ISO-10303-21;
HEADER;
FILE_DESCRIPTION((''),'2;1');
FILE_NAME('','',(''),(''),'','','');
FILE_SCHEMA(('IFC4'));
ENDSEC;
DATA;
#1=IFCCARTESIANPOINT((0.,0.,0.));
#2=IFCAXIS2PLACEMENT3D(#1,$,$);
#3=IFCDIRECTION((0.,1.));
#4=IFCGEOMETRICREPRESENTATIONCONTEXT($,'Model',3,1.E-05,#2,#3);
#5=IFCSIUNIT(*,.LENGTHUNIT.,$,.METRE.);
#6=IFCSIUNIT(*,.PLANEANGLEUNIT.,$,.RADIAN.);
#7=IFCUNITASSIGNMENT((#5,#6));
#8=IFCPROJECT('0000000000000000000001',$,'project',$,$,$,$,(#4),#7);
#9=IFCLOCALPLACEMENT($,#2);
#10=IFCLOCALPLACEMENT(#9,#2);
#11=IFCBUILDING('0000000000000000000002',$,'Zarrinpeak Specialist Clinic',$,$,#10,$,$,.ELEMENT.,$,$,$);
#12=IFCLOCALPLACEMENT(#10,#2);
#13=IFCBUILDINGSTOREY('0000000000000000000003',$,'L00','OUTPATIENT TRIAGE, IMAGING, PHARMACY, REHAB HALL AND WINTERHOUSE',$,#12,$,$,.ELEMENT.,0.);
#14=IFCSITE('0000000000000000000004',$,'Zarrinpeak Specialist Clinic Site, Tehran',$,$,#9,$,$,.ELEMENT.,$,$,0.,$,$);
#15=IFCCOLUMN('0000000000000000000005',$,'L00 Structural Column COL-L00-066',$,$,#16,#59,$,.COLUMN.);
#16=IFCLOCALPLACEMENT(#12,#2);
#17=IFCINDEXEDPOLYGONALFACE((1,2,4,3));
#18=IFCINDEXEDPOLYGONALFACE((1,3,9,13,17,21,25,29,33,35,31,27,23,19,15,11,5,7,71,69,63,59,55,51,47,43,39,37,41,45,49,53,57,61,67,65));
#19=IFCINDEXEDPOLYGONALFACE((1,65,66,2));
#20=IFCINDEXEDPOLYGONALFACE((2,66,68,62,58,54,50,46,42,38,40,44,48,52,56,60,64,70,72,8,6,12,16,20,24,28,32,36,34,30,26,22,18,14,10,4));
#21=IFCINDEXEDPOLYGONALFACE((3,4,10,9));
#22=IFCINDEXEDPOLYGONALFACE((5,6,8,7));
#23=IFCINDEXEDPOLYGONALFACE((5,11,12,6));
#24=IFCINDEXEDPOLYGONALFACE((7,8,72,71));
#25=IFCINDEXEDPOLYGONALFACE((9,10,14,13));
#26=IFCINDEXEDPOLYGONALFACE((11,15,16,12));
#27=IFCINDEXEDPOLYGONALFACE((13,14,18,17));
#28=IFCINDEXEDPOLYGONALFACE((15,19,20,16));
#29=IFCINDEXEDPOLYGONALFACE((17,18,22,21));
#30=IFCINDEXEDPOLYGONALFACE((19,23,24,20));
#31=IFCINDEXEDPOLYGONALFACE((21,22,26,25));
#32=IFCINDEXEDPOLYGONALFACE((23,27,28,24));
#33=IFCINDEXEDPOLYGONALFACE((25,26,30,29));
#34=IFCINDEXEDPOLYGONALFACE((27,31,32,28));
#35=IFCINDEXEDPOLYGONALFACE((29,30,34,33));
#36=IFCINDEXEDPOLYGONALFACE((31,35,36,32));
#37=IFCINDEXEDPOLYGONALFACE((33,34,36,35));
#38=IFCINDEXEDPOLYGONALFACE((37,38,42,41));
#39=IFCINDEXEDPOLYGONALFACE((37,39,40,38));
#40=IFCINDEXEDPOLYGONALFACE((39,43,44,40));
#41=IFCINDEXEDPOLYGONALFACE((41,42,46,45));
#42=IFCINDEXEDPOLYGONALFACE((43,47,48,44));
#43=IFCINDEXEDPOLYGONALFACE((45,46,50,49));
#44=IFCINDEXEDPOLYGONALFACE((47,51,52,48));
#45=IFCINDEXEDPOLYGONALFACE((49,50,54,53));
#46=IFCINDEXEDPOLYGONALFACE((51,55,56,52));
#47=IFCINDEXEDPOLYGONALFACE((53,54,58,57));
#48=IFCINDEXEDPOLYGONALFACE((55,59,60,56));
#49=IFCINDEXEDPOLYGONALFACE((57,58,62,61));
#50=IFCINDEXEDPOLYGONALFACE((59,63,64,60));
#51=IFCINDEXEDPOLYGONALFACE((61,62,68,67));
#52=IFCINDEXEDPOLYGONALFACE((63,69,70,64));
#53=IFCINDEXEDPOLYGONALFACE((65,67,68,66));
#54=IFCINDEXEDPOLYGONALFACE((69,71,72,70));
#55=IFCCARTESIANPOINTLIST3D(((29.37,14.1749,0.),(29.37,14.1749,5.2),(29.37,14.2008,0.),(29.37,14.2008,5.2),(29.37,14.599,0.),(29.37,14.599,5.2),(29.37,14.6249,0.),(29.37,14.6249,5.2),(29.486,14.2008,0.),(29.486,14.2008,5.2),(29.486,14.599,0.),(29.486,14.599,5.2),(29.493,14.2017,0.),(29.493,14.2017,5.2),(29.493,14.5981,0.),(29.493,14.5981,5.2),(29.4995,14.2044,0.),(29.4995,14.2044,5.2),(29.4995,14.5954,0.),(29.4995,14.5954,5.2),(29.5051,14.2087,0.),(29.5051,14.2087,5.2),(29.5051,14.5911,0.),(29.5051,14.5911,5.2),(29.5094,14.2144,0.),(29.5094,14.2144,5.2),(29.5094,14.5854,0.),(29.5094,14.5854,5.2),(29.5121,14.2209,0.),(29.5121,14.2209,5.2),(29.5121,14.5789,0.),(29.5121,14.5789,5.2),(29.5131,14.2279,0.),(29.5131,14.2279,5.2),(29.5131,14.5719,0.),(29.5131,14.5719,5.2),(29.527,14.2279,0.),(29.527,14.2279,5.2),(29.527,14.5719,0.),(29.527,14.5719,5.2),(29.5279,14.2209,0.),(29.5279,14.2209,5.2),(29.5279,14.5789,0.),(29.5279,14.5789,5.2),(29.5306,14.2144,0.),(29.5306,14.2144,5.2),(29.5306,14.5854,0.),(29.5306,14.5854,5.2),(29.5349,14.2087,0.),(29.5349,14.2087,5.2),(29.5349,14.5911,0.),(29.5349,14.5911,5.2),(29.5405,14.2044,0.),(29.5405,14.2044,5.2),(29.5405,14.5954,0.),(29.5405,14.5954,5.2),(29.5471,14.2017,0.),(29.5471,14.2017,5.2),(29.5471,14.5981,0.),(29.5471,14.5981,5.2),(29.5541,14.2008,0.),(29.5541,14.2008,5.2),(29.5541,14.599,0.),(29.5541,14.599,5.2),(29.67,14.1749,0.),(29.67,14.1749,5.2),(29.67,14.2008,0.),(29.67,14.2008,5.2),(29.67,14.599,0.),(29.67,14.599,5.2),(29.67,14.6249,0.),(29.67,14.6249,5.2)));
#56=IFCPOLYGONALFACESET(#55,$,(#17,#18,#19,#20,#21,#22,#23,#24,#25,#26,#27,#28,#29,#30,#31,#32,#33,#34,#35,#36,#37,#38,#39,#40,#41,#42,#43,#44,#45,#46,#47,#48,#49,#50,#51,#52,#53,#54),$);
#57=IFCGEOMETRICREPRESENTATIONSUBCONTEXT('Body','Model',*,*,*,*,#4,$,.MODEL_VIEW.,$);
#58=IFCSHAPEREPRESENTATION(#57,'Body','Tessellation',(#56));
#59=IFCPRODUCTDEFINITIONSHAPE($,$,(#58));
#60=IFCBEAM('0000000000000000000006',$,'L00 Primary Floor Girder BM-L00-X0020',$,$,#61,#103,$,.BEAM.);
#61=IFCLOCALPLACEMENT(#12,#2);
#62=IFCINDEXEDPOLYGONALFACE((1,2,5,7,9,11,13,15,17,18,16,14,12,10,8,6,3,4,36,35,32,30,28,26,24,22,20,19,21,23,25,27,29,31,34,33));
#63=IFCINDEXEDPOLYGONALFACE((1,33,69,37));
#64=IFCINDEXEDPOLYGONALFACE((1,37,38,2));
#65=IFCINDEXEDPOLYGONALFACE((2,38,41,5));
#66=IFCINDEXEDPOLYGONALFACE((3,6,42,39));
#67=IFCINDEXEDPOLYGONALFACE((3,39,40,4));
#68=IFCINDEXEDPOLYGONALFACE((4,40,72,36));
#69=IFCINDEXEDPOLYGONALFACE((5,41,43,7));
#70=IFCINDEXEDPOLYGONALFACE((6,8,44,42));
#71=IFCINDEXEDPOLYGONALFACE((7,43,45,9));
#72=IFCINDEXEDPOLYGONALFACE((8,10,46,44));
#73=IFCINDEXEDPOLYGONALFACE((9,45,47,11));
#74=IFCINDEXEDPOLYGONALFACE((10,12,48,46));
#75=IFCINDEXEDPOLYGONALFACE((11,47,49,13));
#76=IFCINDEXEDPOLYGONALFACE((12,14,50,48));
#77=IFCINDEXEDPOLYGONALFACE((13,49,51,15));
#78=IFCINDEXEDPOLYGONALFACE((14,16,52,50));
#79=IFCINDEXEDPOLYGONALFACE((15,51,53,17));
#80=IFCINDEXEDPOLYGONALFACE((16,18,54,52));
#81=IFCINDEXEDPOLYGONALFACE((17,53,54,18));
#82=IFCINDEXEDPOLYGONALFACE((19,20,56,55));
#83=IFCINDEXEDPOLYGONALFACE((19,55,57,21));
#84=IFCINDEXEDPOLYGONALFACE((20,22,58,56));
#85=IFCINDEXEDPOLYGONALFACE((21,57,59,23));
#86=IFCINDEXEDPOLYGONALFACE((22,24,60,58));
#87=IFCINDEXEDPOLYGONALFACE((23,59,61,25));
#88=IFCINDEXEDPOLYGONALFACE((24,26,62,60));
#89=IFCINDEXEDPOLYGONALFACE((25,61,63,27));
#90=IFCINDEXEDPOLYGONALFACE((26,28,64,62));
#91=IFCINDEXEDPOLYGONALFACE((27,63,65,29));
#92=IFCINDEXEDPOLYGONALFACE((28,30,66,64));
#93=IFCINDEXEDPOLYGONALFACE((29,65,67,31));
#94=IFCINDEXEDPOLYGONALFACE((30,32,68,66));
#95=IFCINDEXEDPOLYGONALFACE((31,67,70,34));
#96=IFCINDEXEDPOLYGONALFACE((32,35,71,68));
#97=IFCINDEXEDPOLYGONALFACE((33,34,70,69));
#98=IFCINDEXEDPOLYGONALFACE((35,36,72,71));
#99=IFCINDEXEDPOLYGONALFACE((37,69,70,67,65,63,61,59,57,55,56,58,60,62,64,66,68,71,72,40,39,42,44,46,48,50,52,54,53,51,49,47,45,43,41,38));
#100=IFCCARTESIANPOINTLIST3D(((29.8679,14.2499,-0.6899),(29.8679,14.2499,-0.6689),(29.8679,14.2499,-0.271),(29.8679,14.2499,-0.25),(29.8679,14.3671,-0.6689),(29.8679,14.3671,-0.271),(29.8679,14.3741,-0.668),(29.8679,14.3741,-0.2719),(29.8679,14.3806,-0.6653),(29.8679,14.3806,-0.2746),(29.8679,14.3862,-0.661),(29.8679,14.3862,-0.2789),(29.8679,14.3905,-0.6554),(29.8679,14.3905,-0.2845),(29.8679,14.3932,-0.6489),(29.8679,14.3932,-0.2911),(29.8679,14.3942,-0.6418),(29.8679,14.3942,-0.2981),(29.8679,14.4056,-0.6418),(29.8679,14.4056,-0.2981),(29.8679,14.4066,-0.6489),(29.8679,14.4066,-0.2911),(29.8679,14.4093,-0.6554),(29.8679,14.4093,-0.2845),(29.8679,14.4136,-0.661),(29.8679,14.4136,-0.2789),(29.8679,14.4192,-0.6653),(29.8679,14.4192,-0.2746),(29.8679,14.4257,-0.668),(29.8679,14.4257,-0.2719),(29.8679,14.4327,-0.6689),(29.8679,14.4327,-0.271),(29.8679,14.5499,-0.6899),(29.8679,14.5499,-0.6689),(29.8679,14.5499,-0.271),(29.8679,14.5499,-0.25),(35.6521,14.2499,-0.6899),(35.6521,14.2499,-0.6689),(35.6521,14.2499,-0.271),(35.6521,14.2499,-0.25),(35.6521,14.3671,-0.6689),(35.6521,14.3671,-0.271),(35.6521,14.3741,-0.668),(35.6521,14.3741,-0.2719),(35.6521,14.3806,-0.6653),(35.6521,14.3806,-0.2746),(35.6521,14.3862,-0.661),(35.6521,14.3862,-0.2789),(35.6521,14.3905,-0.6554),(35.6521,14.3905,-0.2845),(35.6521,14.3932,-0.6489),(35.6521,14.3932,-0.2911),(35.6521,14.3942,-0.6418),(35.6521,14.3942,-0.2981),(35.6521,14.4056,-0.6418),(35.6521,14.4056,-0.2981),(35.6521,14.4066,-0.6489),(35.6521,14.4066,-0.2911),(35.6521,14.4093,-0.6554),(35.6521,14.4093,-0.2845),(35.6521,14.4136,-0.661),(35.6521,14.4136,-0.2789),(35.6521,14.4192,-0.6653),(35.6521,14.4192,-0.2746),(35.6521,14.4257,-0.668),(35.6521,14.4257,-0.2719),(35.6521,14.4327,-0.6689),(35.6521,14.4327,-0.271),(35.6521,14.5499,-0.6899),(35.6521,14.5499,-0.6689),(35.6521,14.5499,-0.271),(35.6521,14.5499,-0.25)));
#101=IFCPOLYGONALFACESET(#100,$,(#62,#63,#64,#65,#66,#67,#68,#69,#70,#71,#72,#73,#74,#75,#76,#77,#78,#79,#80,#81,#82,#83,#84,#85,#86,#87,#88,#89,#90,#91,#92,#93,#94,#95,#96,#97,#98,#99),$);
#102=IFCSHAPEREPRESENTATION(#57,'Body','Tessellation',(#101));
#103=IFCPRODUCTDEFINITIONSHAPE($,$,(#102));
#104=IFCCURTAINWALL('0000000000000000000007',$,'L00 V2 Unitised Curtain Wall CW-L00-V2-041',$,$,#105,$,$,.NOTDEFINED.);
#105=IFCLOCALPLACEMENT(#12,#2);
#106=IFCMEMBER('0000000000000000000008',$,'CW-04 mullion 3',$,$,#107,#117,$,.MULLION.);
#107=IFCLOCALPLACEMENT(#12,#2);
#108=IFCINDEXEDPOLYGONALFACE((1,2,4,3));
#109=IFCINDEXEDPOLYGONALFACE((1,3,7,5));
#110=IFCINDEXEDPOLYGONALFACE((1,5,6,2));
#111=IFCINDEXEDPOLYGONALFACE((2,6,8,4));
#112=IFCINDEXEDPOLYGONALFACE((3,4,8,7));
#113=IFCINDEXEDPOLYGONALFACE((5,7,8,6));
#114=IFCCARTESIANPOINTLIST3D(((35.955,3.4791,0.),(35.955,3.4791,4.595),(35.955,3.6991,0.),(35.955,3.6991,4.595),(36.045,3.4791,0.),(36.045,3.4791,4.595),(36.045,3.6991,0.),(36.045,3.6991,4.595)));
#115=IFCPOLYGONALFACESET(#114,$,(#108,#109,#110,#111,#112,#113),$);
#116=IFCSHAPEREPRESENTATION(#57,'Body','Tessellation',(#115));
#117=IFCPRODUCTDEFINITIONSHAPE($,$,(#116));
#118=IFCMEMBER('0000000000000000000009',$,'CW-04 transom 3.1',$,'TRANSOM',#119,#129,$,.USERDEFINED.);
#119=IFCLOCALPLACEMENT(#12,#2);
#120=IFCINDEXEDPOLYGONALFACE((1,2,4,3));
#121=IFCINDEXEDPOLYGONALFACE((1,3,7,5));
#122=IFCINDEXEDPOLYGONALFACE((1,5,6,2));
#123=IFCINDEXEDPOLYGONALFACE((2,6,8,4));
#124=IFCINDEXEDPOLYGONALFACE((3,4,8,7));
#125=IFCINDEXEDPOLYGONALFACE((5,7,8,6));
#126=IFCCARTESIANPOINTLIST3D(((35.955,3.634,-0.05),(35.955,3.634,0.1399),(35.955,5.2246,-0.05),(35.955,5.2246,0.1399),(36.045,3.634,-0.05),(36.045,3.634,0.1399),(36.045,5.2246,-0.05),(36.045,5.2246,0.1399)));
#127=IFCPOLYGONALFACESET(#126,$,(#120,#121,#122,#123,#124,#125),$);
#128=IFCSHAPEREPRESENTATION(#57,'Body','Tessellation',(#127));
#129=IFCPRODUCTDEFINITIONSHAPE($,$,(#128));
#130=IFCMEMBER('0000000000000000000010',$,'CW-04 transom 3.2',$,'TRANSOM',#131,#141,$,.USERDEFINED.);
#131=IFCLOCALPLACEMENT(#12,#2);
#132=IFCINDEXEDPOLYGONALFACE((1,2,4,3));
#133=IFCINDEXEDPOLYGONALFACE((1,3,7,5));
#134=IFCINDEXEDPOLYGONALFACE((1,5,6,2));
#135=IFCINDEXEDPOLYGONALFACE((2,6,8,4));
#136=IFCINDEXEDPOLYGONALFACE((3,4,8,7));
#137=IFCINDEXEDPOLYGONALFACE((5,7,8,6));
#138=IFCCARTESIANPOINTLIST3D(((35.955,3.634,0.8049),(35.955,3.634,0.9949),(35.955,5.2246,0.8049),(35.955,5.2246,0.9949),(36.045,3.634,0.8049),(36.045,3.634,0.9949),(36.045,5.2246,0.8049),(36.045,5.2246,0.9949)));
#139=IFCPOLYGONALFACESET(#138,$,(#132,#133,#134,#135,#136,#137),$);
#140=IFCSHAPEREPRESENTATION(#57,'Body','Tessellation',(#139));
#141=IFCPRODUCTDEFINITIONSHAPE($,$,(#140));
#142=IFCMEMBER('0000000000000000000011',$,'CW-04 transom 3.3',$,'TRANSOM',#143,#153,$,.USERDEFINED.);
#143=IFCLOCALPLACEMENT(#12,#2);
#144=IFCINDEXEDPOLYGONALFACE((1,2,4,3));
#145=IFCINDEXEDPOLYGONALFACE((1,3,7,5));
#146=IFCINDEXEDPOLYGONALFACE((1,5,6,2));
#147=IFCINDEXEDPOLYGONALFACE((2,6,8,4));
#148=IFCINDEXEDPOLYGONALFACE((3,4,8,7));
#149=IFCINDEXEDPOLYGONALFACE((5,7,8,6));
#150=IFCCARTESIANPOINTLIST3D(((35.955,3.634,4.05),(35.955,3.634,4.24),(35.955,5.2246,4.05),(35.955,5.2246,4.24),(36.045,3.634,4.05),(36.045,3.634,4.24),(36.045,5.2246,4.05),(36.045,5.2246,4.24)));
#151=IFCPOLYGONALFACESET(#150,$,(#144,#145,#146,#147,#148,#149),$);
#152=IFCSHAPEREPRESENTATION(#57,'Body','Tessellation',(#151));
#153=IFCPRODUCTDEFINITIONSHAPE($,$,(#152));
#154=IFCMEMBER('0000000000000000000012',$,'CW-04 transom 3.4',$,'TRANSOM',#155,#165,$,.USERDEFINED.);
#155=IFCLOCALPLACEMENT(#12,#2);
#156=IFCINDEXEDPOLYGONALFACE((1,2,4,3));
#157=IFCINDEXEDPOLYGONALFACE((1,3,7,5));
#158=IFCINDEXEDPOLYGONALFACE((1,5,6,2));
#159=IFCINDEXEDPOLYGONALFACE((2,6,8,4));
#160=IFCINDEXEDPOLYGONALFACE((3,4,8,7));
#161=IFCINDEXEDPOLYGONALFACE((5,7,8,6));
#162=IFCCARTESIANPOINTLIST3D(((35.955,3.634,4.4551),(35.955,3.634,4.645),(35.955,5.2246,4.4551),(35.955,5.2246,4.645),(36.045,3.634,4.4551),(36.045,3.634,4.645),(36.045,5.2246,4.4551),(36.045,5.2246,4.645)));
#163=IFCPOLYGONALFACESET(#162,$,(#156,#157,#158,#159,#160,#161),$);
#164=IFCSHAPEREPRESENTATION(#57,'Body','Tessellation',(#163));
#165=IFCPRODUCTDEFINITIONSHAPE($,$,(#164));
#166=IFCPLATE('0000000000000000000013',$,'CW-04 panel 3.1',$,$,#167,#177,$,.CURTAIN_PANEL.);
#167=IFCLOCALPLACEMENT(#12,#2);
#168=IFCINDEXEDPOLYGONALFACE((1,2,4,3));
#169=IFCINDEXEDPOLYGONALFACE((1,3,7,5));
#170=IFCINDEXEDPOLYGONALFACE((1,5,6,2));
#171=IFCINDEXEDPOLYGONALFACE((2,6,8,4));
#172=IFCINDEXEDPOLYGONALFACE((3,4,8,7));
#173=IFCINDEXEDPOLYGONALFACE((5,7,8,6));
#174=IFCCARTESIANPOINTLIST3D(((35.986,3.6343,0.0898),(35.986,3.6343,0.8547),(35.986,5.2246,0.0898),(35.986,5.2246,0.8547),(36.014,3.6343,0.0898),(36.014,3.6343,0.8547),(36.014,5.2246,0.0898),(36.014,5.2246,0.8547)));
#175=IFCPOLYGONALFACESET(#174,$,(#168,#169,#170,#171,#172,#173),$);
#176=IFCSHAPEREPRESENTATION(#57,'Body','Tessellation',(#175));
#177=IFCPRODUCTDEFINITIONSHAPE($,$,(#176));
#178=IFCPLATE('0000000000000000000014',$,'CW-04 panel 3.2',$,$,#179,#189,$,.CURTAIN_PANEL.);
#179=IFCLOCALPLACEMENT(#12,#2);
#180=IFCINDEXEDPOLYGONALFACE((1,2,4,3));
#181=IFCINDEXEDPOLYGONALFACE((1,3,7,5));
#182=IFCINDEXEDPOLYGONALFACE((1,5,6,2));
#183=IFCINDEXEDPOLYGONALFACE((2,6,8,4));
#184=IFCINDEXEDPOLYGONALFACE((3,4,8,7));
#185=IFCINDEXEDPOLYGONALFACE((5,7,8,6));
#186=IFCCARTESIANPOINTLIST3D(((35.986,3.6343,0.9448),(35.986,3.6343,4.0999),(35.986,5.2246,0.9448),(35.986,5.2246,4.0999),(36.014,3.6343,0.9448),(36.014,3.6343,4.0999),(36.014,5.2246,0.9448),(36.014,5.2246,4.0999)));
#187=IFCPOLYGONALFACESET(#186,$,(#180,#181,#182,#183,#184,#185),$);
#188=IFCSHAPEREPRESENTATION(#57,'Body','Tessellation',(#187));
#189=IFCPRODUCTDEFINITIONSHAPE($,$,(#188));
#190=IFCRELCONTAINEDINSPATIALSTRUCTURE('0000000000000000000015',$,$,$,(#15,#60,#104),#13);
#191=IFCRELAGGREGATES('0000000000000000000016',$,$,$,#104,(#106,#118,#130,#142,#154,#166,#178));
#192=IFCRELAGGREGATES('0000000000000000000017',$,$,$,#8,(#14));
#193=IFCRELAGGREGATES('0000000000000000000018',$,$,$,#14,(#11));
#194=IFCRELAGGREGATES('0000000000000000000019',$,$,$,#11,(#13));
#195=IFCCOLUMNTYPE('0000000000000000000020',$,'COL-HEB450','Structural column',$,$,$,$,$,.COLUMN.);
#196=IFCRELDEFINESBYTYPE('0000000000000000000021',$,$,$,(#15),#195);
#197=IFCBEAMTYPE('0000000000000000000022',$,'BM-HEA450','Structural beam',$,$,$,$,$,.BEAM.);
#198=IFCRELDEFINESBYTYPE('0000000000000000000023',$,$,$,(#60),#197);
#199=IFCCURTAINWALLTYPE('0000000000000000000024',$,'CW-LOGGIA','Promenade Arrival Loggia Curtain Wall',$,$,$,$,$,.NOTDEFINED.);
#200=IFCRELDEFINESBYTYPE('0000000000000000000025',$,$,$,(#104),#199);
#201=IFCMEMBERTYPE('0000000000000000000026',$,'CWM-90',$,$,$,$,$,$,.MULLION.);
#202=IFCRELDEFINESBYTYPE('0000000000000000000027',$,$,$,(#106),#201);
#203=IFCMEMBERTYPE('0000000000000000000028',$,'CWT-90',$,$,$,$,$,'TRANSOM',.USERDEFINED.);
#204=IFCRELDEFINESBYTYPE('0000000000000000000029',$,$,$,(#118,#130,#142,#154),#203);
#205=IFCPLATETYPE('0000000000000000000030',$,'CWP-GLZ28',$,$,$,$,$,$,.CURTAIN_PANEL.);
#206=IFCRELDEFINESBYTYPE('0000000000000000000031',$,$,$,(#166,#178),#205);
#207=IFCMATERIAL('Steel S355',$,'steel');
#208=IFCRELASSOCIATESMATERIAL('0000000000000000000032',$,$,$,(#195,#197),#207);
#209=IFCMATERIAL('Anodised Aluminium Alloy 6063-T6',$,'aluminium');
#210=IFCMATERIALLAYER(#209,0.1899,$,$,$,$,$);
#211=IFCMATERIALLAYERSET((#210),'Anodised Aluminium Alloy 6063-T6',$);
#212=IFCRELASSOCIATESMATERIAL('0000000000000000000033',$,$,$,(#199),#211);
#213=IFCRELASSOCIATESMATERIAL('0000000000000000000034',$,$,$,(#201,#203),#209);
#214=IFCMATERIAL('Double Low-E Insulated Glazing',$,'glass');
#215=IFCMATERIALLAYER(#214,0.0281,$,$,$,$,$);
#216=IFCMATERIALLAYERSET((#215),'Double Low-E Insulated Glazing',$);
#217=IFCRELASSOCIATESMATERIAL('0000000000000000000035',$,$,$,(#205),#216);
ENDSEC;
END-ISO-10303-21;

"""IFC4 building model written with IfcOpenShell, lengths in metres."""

from ifc_helpers import new_model, si_unit, direction, frame, origin, origin_2d, place, context, subcontext, project, spatial, rectangle, i_section, extrude, material, layer, layer_set, material_profile, profile_set, type_object, element, aggregate, save


model = new_model("IFC4")

# Units and contexts
model_context = context("Model", 3, precision=1e-05, world=origin(), true_north=direction((0.0, 1.0)))
body_context = subcontext(model_context, "Body", "Model", "MODEL_VIEW")
ifc_project = project(units=[si_unit("LENGTHUNIT", "METRE"), si_unit("PLANEANGLEUNIT", "RADIAN")], contexts=[model_context])

# Site, building, storey
site_placement = place(None, origin())
site = spatial("IfcSite", under=ifc_project, at=site_placement, Name="Zarrinpeak Specialist Clinic Site, Tehran", CompositionType="ELEMENT", RefElevation=0.0)
building_placement = place(site_placement, origin())
building = spatial("IfcBuilding", under=site, at=building_placement, Name="Zarrinpeak Specialist Clinic", CompositionType="ELEMENT")
storey_placement = place(building_placement, origin())
storey = spatial("IfcBuildingStorey", under=building, at=storey_placement, Name="L00", Description="OUTPATIENT TRIAGE, IMAGING, PHARMACY, REHAB HALL AND WINTERHOUSE", CompositionType="ELEMENT", Elevation=0.0)

# Column
ifc_material_1 = material(Name="Steel S355", Category="steel")
ifc_material_profile_1 = material_profile(ifc_material_1, i_section(OverallWidth=0.3, OverallDepth=0.45, WebThickness=0.0139, FlangeThickness=0.0259, FilletRadius=0.0271, at=origin_2d()), Name="HEB 450")
ifc_profile_set_1 = profile_set([ifc_material_profile_1], Name="Steel S355")
column_type = type_object("IfcColumnType", Name="COL-HEB450", Description="Structural column", PredefinedType="COLUMN", material=ifc_profile_set_1)
column_placement = place(storey_placement, frame((29.52, 14.3999, 0.0), z_axis=(0.0, 0.0, 1.0), x_axis=(1.0, 0.0, 0.0)))
element("IfcColumn", 1, at=column_placement, inside=storey, type_object=column_type, Name="L00 Structural Column COL-L00-066", PredefinedType="COLUMN", context=body_context, shape_type="SweptSolid", body=[
    extrude(i_section(OverallWidth=0.3, OverallDepth=0.45, WebThickness=0.0139, FlangeThickness=0.0259, FilletRadius=0.0271, at=origin_2d()), origin(), (0.0, 0.0, 1.0), 5.2),
])

# Beam
ifc_material_profile_2 = material_profile(ifc_material_1, i_section(OverallWidth=0.3, OverallDepth=0.4399, WebThickness=0.0115, FlangeThickness=0.021, FilletRadius=0.0271, at=origin_2d()), Name="HEA 450")
ifc_profile_set_2 = profile_set([ifc_material_profile_2], Name="Steel S355")
beam_type = type_object("IfcBeamType", Name="BM-HEA450", Description="Structural beam", PredefinedType="BEAM", material=ifc_profile_set_2)
beam_placement = place(storey_placement, frame((29.8679, 14.3999, -0.47), z_axis=(1.0, 0.0, 0.0), x_axis=(0.0, 1.0, 0.0)))
element("IfcBeam", 2, at=beam_placement, inside=storey, type_object=beam_type, Name="L00 Primary Floor Girder BM-L00-X0020", PredefinedType="BEAM", context=body_context, shape_type="SweptSolid", body=[
    extrude(i_section(OverallWidth=0.3, OverallDepth=0.4399, WebThickness=0.0115, FlangeThickness=0.021, FilletRadius=0.0271, at=origin_2d()), origin(), (0.0, 0.0, 1.0), 5.7842),
])

# Curtain wall, members, plates
ifc_material_2 = material(Name="Anodised Aluminium Alloy 6063-T6", Category="aluminium")
ifc_layer_1 = layer(ifc_material_2, 0.1899)
ifc_layer_set_1 = layer_set([ifc_layer_1], Name="Anodised Aluminium Alloy 6063-T6")
curtain_wall_type = type_object("IfcCurtainWallType", Name="CW-LOGGIA", Description="Promenade Arrival Loggia Curtain Wall", PredefinedType="NOTDEFINED", material=ifc_layer_set_1)
curtain_wall_placement = place(storey_placement, origin())
curtain_wall = element("IfcCurtainWall", 3, at=curtain_wall_placement, inside=storey, type_object=curtain_wall_type, Name="L00 V2 Unitised Curtain Wall CW-L00-V2-041", PredefinedType="NOTDEFINED")
ifc_material_profile_3 = material_profile(ifc_material_2, rectangle(XDim=0.0901, YDim=0.22, at=origin_2d()), Name="ALU 90x220")
ifc_profile_set_3 = profile_set([ifc_material_profile_3], Name="Anodised Aluminium Alloy 6063-T6")
member_type_1 = type_object("IfcMemberType", Name="CWM-90", PredefinedType="MULLION", material=ifc_profile_set_3)
member_1_placement = place(storey_placement, frame((36.0, 3.5891, 0.0), z_axis=(0.0, 0.0, 1.0), x_axis=(-1.0, 0.0, 0.0)))
member_1 = element("IfcMember", 4, at=member_1_placement, type_object=member_type_1, Name="CW-04 mullion 3", PredefinedType="MULLION", context=body_context, shape_type="SweptSolid", body=[
    extrude(rectangle(XDim=0.0901, YDim=0.22, at=origin_2d()), origin(), (0.0, 0.0, 1.0), 4.595),
])
ifc_material_profile_4 = material_profile(ifc_material_2, rectangle(XDim=0.0901, YDim=0.1899, at=origin_2d()), Name="ALU 90x190")
ifc_profile_set_4 = profile_set([ifc_material_profile_4], Name="Anodised Aluminium Alloy 6063-T6")
member_type_2 = type_object("IfcMemberType", Name="CWT-90", ElementType="TRANSOM", PredefinedType="USERDEFINED", material=ifc_profile_set_4)
member_2_placement = place(storey_placement, frame((36.0, 3.634, 0.0449), z_axis=(0.0, 1.0, 0.0), x_axis=(-1.0, 0.0, 0.0)))
member_2 = element("IfcMember", 5, at=member_2_placement, type_object=member_type_2, Name="CW-04 transom 3.1", ObjectType="TRANSOM", PredefinedType="USERDEFINED", context=body_context, shape_type="SweptSolid", body=[
    extrude(rectangle(XDim=0.0901, YDim=0.1899, at=origin_2d()), origin(), (0.0, 0.0, 1.0), 1.5906),
])
member_3_placement = place(storey_placement, frame((36.0, 3.634, 0.8999), z_axis=(0.0, 1.0, 0.0), x_axis=(-1.0, 0.0, 0.0)))
member_3 = element("IfcMember", 6, at=member_3_placement, type_object=member_type_2, Name="CW-04 transom 3.2", ObjectType="TRANSOM", PredefinedType="USERDEFINED", context=body_context, shape_type="SweptSolid", body=[
    extrude(rectangle(XDim=0.0901, YDim=0.1899, at=origin_2d()), origin(), (0.0, 0.0, 1.0), 1.5906),
])
member_4_placement = place(storey_placement, frame((36.0, 3.634, 4.145), z_axis=(0.0, 1.0, 0.0), x_axis=(-1.0, 0.0, 0.0)))
member_4 = element("IfcMember", 7, at=member_4_placement, type_object=member_type_2, Name="CW-04 transom 3.3", ObjectType="TRANSOM", PredefinedType="USERDEFINED", context=body_context, shape_type="SweptSolid", body=[
    extrude(rectangle(XDim=0.0901, YDim=0.1899, at=origin_2d()), origin(), (0.0, 0.0, 1.0), 1.5906),
])
member_5_placement = place(storey_placement, frame((36.0, 3.634, 4.55), z_axis=(0.0, 1.0, 0.0), x_axis=(-1.0, 0.0, 0.0)))
member_5 = element("IfcMember", 8, at=member_5_placement, type_object=member_type_2, Name="CW-04 transom 3.4", ObjectType="TRANSOM", PredefinedType="USERDEFINED", context=body_context, shape_type="SweptSolid", body=[
    extrude(rectangle(XDim=0.0901, YDim=0.1899, at=origin_2d()), origin(), (0.0, 0.0, 1.0), 1.5906),
])
ifc_material_3 = material(Name="Double Low-E Insulated Glazing", Category="glass")
ifc_layer_2 = layer(ifc_material_3, 0.0281)
ifc_layer_set_2 = layer_set([ifc_layer_2], Name="Double Low-E Insulated Glazing")
plate_type = type_object("IfcPlateType", Name="CWP-GLZ28", PredefinedType="CURTAIN_PANEL", material=ifc_layer_set_2)
plate_1_placement = place(storey_placement, frame((36.0, 4.4294, 0.0898), z_axis=(0.0, 0.0, 1.0), x_axis=(0.0, 1.0, 0.0)))
plate_1 = element("IfcPlate", 9, at=plate_1_placement, type_object=plate_type, Name="CW-04 panel 3.1", PredefinedType="CURTAIN_PANEL", context=body_context, shape_type="SweptSolid", body=[
    extrude(rectangle(XDim=1.5903, YDim=0.0281, at=origin_2d()), origin(), (0.0, 0.0, 1.0), 0.7649),
])
plate_2_placement = place(storey_placement, frame((36.0, 4.4294, 0.9448), z_axis=(0.0, 0.0, 1.0), x_axis=(0.0, 1.0, 0.0)))
plate_2 = element("IfcPlate", 10, at=plate_2_placement, type_object=plate_type, Name="CW-04 panel 3.2", PredefinedType="CURTAIN_PANEL", context=body_context, shape_type="SweptSolid", body=[
    extrude(rectangle(XDim=1.5903, YDim=0.0281, at=origin_2d()), origin(), (0.0, 0.0, 1.0), 3.155),
])
aggregate(curtain_wall, [member_1, member_2, member_3, member_4, member_5, plate_1, plate_2])

save(model, "model.ifc")
